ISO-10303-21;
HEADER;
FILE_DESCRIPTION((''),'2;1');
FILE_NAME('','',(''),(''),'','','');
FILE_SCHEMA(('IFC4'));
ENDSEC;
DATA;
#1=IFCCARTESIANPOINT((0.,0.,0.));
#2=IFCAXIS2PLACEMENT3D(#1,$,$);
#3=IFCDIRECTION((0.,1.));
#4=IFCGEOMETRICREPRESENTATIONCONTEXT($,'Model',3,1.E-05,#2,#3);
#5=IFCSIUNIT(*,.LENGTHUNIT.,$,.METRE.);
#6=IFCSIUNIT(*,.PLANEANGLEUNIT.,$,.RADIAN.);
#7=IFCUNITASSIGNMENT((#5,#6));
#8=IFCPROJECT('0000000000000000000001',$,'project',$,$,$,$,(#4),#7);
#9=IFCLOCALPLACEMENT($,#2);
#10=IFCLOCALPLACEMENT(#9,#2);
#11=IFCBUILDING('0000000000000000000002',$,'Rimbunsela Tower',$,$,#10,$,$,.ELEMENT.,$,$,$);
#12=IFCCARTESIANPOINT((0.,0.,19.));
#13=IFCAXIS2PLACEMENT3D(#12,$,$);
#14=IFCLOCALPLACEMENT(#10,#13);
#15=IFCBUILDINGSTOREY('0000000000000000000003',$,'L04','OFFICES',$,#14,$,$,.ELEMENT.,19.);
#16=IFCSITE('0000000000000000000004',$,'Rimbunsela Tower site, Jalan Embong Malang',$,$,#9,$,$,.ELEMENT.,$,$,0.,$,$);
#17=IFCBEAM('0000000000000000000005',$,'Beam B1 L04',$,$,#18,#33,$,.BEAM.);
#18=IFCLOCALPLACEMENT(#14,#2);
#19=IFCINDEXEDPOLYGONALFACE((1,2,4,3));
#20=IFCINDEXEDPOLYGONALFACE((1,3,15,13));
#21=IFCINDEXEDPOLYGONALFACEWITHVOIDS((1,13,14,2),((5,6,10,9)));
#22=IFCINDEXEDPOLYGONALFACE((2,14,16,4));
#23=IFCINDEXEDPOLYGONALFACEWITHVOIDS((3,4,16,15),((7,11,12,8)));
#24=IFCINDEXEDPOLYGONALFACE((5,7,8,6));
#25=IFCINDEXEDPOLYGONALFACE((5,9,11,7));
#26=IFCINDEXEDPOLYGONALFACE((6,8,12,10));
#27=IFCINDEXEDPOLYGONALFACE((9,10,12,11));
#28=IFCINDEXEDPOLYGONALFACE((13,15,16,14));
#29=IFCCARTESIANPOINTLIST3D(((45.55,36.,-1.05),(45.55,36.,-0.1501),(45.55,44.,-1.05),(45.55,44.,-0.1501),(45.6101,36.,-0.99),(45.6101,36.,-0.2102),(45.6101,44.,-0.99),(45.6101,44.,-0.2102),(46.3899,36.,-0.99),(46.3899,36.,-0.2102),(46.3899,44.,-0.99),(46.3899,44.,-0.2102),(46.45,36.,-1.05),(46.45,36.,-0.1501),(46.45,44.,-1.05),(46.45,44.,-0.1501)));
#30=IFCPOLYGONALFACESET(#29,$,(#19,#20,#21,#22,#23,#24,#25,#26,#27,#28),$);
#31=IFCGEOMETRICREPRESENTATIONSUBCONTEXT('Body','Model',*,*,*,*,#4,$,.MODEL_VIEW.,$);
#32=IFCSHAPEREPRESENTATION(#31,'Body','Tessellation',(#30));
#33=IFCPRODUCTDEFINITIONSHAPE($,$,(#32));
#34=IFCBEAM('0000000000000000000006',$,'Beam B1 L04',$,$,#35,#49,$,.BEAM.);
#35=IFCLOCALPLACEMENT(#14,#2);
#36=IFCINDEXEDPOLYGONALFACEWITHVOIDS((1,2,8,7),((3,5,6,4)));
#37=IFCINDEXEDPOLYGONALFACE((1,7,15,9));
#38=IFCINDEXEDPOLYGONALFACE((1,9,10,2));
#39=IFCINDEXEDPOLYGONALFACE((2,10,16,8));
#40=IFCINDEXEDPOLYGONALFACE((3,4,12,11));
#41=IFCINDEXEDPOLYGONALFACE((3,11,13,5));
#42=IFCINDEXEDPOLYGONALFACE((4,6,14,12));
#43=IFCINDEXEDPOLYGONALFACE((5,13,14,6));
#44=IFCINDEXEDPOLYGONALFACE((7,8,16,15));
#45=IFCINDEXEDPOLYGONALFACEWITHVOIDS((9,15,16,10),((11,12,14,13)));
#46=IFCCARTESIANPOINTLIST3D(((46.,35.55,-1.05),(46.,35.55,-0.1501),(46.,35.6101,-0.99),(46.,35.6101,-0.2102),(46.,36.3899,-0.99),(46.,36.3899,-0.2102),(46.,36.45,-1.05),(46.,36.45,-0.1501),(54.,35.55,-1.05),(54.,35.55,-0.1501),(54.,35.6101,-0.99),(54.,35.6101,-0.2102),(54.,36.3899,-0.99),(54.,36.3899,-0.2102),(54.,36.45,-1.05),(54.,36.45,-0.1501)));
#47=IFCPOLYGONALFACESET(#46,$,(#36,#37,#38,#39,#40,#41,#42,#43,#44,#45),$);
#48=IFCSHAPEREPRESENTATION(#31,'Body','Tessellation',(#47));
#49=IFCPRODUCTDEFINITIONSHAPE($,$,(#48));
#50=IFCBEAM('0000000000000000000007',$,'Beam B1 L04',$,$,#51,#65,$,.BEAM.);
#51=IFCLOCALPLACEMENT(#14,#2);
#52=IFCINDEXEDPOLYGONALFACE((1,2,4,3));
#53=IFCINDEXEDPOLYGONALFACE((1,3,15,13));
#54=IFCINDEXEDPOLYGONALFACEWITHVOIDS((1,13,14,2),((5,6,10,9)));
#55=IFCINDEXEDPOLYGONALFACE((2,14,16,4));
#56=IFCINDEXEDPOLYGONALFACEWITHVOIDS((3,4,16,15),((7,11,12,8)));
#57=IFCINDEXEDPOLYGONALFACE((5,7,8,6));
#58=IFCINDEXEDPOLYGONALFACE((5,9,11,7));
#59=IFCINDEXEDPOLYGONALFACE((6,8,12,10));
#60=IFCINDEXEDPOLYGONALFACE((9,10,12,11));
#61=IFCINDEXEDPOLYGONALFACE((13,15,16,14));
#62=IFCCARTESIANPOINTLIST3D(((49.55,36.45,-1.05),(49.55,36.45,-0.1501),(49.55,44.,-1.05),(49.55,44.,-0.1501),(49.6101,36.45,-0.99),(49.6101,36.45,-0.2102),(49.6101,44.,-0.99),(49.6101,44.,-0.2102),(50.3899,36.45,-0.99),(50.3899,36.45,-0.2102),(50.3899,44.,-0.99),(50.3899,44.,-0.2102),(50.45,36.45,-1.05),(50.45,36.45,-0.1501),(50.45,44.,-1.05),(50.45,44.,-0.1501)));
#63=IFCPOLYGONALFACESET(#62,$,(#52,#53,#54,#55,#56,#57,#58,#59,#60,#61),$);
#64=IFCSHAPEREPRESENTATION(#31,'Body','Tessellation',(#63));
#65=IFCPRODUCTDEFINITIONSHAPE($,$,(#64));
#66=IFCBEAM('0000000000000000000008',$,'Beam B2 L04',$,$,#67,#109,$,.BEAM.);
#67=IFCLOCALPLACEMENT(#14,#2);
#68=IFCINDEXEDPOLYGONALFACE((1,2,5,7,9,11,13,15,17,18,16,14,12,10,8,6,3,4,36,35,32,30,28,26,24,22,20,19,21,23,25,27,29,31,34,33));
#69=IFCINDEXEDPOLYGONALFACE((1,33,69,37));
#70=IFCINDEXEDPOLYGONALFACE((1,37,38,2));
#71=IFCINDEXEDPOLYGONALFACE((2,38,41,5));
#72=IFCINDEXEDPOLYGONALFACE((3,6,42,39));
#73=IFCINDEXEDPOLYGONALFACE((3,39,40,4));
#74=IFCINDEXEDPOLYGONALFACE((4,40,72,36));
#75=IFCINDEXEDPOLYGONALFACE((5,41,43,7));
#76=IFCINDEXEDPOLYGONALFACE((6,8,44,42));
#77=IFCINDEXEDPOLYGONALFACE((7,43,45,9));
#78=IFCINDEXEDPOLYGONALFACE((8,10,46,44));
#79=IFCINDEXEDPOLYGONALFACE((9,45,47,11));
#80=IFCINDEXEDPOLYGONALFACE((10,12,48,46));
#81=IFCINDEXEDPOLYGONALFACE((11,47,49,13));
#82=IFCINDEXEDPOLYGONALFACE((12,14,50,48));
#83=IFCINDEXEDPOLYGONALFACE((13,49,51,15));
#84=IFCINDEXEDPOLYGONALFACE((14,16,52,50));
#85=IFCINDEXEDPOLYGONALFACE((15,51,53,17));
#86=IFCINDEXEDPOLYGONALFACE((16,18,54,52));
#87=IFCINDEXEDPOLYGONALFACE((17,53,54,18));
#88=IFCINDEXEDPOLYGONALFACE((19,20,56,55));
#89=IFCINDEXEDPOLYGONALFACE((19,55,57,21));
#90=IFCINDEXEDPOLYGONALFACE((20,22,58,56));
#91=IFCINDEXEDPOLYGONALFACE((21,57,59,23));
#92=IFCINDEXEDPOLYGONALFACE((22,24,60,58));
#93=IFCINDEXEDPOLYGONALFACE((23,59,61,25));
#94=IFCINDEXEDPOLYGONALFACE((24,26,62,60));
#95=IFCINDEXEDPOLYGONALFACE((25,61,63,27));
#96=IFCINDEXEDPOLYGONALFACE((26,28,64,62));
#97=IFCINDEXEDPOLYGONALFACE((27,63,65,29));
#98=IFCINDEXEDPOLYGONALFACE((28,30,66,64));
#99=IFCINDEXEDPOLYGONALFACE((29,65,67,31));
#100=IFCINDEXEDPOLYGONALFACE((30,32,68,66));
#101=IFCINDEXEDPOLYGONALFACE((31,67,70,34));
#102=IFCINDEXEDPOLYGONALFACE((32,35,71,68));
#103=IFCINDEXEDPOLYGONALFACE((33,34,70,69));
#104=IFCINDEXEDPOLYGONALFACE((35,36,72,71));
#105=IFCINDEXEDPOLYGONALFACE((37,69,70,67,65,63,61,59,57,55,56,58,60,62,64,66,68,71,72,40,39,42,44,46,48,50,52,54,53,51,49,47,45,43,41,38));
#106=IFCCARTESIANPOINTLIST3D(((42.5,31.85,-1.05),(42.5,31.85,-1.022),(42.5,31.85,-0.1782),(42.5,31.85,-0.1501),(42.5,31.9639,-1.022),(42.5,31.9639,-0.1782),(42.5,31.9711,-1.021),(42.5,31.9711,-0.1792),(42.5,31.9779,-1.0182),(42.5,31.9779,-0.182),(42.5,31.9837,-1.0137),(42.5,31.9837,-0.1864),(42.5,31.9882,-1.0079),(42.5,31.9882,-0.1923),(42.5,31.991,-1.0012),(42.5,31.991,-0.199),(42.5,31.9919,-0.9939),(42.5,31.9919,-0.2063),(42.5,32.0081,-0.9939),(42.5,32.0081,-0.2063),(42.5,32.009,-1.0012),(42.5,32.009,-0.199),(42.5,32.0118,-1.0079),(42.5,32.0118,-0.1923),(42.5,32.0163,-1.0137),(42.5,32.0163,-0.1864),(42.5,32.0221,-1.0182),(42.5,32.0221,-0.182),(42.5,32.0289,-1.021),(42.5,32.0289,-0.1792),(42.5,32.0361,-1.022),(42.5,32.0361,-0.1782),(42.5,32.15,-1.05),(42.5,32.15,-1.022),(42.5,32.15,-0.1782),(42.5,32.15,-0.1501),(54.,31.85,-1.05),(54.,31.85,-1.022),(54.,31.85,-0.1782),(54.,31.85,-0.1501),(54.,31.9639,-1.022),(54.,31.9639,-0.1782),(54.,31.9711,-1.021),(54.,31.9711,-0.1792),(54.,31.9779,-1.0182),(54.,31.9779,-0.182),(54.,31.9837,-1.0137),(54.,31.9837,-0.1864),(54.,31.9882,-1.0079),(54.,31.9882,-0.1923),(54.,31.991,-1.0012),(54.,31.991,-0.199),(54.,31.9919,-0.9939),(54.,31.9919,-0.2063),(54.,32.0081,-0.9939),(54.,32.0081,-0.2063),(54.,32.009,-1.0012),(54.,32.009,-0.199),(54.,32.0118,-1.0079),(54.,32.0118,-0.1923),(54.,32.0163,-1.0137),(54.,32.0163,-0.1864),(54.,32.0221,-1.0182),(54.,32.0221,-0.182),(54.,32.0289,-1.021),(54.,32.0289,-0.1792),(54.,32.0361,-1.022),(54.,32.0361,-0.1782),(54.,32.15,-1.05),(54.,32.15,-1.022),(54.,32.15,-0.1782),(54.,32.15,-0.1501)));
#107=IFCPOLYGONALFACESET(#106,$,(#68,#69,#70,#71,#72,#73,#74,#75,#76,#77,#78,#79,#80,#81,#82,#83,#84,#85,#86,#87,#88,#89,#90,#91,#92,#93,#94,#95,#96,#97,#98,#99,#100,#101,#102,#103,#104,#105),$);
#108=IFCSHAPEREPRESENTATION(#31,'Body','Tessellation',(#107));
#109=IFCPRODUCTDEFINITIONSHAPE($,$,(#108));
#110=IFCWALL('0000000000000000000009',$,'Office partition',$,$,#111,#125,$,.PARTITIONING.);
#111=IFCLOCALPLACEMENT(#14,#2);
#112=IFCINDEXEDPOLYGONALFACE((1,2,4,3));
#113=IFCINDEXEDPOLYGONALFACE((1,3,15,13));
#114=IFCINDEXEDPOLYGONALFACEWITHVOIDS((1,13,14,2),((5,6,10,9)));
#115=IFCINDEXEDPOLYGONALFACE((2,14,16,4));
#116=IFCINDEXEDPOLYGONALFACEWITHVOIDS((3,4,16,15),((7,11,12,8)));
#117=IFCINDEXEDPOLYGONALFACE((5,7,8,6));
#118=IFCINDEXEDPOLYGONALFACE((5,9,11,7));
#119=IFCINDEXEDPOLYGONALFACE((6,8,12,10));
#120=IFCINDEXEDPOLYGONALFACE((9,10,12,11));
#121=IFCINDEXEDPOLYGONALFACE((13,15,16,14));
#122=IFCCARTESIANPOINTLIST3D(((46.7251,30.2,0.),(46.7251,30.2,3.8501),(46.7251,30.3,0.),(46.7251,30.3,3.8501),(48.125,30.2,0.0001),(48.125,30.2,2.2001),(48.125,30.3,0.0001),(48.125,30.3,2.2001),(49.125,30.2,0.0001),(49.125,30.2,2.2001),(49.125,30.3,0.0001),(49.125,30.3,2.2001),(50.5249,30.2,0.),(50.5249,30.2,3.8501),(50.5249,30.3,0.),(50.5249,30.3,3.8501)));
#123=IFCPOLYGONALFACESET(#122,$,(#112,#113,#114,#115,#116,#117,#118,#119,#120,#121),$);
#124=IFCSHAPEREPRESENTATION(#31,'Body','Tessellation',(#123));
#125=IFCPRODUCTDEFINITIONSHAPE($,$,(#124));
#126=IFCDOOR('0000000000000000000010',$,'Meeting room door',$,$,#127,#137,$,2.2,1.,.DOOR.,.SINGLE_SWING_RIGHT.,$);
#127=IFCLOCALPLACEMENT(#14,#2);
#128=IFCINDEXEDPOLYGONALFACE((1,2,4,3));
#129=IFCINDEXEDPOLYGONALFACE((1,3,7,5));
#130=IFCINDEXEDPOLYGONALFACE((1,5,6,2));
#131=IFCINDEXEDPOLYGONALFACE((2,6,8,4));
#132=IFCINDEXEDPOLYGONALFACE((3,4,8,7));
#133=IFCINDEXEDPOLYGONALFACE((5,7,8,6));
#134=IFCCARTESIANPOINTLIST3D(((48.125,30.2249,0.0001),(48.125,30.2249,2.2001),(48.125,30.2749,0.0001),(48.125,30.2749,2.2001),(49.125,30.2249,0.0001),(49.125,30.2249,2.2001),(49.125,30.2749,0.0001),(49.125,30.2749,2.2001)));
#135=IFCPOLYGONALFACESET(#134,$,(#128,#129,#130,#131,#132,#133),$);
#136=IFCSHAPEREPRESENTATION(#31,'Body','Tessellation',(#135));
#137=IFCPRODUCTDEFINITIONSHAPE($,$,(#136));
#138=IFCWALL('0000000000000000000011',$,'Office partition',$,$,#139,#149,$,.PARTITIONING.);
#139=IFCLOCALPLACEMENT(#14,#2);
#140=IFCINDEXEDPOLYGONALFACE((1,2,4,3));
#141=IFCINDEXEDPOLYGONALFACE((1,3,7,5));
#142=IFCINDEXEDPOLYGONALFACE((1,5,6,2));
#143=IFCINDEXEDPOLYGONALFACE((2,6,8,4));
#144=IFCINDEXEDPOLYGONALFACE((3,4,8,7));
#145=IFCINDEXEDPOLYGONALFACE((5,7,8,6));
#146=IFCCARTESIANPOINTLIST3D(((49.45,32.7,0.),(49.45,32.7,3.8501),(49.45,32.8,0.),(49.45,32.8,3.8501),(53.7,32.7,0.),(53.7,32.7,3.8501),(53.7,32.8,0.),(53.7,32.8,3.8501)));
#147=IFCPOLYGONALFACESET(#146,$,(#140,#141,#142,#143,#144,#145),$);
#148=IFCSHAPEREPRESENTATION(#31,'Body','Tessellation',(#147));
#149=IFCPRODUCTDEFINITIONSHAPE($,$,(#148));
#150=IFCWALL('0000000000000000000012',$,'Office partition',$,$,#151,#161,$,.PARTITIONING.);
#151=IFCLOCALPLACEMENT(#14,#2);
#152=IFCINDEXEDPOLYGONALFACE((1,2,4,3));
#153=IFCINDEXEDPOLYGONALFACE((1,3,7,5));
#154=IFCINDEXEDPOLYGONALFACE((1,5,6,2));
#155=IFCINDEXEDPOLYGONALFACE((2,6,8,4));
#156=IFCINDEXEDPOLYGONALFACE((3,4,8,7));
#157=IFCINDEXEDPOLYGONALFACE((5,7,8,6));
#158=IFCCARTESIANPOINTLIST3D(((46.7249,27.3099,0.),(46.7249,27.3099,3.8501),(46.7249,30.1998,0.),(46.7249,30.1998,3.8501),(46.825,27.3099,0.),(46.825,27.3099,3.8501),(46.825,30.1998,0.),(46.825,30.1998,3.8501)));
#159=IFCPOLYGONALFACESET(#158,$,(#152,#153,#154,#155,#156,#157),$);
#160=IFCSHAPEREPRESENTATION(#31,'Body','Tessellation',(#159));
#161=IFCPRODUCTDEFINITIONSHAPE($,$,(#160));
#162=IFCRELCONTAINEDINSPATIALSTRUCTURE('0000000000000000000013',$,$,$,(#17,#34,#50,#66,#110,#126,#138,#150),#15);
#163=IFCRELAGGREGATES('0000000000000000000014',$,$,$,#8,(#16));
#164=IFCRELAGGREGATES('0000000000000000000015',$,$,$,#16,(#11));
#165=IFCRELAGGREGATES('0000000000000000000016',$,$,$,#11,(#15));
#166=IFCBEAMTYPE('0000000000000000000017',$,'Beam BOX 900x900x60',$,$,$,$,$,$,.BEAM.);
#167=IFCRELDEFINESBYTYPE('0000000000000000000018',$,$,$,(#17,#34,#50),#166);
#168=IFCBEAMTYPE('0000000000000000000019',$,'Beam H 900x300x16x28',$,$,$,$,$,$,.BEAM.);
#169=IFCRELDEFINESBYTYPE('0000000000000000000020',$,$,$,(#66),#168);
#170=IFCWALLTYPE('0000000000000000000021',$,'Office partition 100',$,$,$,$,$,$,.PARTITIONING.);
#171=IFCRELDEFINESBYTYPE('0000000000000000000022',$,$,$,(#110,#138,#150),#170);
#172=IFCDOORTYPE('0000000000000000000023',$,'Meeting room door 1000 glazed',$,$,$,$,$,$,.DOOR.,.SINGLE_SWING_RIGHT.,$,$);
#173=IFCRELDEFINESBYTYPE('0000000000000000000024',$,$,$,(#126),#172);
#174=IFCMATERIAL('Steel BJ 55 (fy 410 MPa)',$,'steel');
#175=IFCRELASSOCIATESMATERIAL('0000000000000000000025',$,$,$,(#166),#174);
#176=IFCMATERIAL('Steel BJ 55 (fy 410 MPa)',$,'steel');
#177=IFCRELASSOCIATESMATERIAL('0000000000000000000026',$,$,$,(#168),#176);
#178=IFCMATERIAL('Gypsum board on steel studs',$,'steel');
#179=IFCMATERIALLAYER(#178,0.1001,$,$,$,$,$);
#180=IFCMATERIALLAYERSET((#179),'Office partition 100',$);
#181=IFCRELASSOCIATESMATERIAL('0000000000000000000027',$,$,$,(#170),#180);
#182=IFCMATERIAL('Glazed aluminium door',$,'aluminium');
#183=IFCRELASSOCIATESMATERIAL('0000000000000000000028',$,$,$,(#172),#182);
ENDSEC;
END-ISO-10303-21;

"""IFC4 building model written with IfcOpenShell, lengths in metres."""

from ifc_helpers import new_model, si_unit, direction, frame, frame_2d, origin, origin_2d, place, context, subcontext, project, spatial, rectangle, hollow_rectangle, i_section, extrude, material, layer, layer_set, material_profile, profile_set, type_object, element, fill, save


model = new_model("IFC4")

# Units and contexts
model_context = context("Model", 3, precision=1e-05, world=origin(), true_north=direction((0.0, 1.0)))
body_context = subcontext(model_context, "Body", "Model", "MODEL_VIEW")
ifc_project = project(units=[si_unit("LENGTHUNIT", "METRE"), si_unit("PLANEANGLEUNIT", "RADIAN")], contexts=[model_context])

# Site, building, storey
site_placement = place(None, origin())
site = spatial("IfcSite", under=ifc_project, at=site_placement, Name="Rimbunsela Tower site, Jalan Embong Malang", CompositionType="ELEMENT", RefElevation=0.0)
building_placement = place(site_placement, origin())
building = spatial("IfcBuilding", under=site, at=building_placement, Name="Rimbunsela Tower", CompositionType="ELEMENT")
storey_placement = place(building_placement, frame((0.0, 0.0, 19.0)))
storey = spatial("IfcBuildingStorey", under=building, at=storey_placement, Name="L04", Description="OFFICES", CompositionType="ELEMENT", Elevation=19.0)

# Beams
ifc_material_1 = material(Name="Steel BJ 55 (fy 410 MPa)", Category="steel")
ifc_material_profile_1 = material_profile(ifc_material_1, hollow_rectangle(XDim=0.8999, YDim=0.8999, WallThickness=0.0601, at=origin_2d()), Name="BOX 900x900x60")
ifc_profile_set_1 = profile_set([ifc_material_profile_1], Name="Steel BJ 55 (fy 410 MPa)")
beam_type_1 = type_object("IfcBeamType", Name="Beam BOX 900x900x60", PredefinedType="BEAM", material=ifc_profile_set_1)
for number, where, z_axis, x_axis, name in (
    (1, (46.0, 36.0, -0.6001), (0.0, 1.0, 0.0), (-1.0, 0.0, 0.0), "Beam B1 L04"),
    (2, (46.0, 36.0, -0.6001), (1.0, 0.0, 0.0), (0.0, 1.0, 0.0), "Beam B1 L04"),
):
    element("IfcBeam", number, at=place(storey_placement, frame(where, z_axis=z_axis, x_axis=x_axis)), inside=storey, type_object=beam_type_1, Name=name, PredefinedType="BEAM", context=body_context, shape_type="SweptSolid", body=[
        extrude(hollow_rectangle(XDim=0.8999, YDim=0.8999, WallThickness=0.0601, at=origin_2d()), origin(), (0.0, 0.0, 1.0), 8.0),
    ])
beam_1_placement = place(storey_placement, frame((50.0, 36.45, -0.6001), z_axis=(0.0, 1.0, 0.0), x_axis=(-1.0, 0.0, 0.0)))
element("IfcBeam", 3, at=beam_1_placement, inside=storey, type_object=beam_type_1, Name="Beam B1 L04", PredefinedType="BEAM", context=body_context, shape_type="SweptSolid", body=[
    extrude(hollow_rectangle(XDim=0.8999, YDim=0.8999, WallThickness=0.0601, at=origin_2d()), origin(), (0.0, 0.0, 1.0), 7.55),
])
ifc_material_2 = material(Name="Steel BJ 55 (fy 410 MPa)", Category="steel")
ifc_material_profile_2 = material_profile(ifc_material_2, i_section(OverallWidth=0.3, OverallDepth=0.8999, WebThickness=0.0161, FlangeThickness=0.0281, FilletRadius=0.0281, at=origin_2d()), Name="H 900x300x16x28")
ifc_profile_set_2 = profile_set([ifc_material_profile_2], Name="Steel BJ 55 (fy 410 MPa)")
beam_type_2 = type_object("IfcBeamType", Name="Beam H 900x300x16x28", PredefinedType="BEAM", material=ifc_profile_set_2)
beam_2_placement = place(storey_placement, frame((42.5, 32.0, -0.6001), z_axis=(1.0, 0.0, 0.0), x_axis=(0.0, 1.0, 0.0)))
element("IfcBeam", 4, at=beam_2_placement, inside=storey, type_object=beam_type_2, Name="Beam B2 L04", PredefinedType="BEAM", context=body_context, shape_type="SweptSolid", body=[
    extrude(i_section(OverallWidth=0.3, OverallDepth=0.8999, WebThickness=0.0161, FlangeThickness=0.0281, FilletRadius=0.0281, at=origin_2d()), origin(), (0.0, 0.0, 1.0), 11.5),
])

# Wall, opening, door
ifc_material_3 = material(Name="Gypsum board on steel studs", Category="steel")
ifc_layer_1 = layer(ifc_material_3, 0.1001)
ifc_layer_set_1 = layer_set([ifc_layer_1], Name="Office partition 100")
wall_type_1 = type_object("IfcWallType", Name="Office partition 100", PredefinedType="PARTITIONING", material=ifc_layer_set_1)
wall_1_placement = place(storey_placement, frame((46.7251, 30.25, 0.0), z_axis=(0.0, 0.0, 1.0), x_axis=(1.0, 0.0, 0.0)))
wall_1 = element("IfcWall", 5, at=wall_1_placement, inside=storey, type_object=wall_type_1, Name="Office partition", PredefinedType="PARTITIONING", context=body_context, shape_type="SweptSolid", body=[
    extrude(rectangle(XDim=3.7998, YDim=0.1001, at=frame_2d((1.8999, 0.0))), origin(), (0.0, 0.0, 1.0), 3.8501),
])
opening_1_placement = place(wall_1_placement, frame((1.3999, 0.0, 0.0)))
opening_1 = element("IfcOpeningElement", 6, at=opening_1_placement, cuts=wall_1, PredefinedType="OPENING", context=body_context, shape_type="SweptSolid", body=[
    extrude(rectangle(XDim=1.0, YDim=2.2, at=frame_2d((0.5, 1.1001))), frame((0.0, 0.0601, 0.0), z_axis=(0.0, -1.0, 0.0), x_axis=(1.0, 0.0, 0.0)), (0.0, 0.0, 1.0), 0.1201),
])
ifc_material_4 = material(Name="Glazed aluminium door", Category="aluminium")
door_type_1 = type_object("IfcDoorType", Name="Meeting room door 1000 glazed", OperationType="SINGLE_SWING_RIGHT", PredefinedType="DOOR", material=ifc_material_4)
door_1_placement = place(opening_1_placement, origin())
door_1 = element("IfcDoor", 7, at=door_1_placement, inside=storey, type_object=door_type_1, Name="Meeting room door", OperationType="SINGLE_SWING_RIGHT", OverallHeight=2.2, OverallWidth=1.0, PredefinedType="DOOR", context=body_context, shape_type="SweptSolid", body=[
    extrude(rectangle(XDim=1.0, YDim=2.2, at=frame_2d((0.5, 1.1001))), frame((0.0, 0.0249, 0.0), z_axis=(0.0, -1.0, 0.0), x_axis=(1.0, 0.0, 0.0)), (0.0, 0.0, 1.0), 0.05),
])
fill(opening_1, door_1)

# Walls
wall_2_placement = place(storey_placement, frame((49.45, 32.75, 0.0), z_axis=(0.0, 0.0, 1.0), x_axis=(1.0, 0.0, 0.0)))
element("IfcWall", 8, at=wall_2_placement, inside=storey, type_object=wall_type_1, Name="Office partition", PredefinedType="PARTITIONING", context=body_context, shape_type="SweptSolid", body=[
    extrude(rectangle(XDim=4.25, YDim=0.1001, at=frame_2d((2.125, 0.0))), origin(), (0.0, 0.0, 1.0), 3.8501),
])
wall_3_placement = place(storey_placement, frame((46.7749, 27.3101, 0.0), z_axis=(0.0, 0.0, 1.0), x_axis=(0.0, 1.0, 0.0)))
element("IfcWall", 9, at=wall_3_placement, inside=storey, type_object=wall_type_1, Name="Office partition", PredefinedType="PARTITIONING", context=body_context, shape_type="SweptSolid", body=[
    extrude(rectangle(XDim=2.8899, YDim=0.1001, at=frame_2d((1.4448, 0.0))), origin(), (0.0, 0.0, 1.0), 3.8501),
])

save(model, "model.ifc")
